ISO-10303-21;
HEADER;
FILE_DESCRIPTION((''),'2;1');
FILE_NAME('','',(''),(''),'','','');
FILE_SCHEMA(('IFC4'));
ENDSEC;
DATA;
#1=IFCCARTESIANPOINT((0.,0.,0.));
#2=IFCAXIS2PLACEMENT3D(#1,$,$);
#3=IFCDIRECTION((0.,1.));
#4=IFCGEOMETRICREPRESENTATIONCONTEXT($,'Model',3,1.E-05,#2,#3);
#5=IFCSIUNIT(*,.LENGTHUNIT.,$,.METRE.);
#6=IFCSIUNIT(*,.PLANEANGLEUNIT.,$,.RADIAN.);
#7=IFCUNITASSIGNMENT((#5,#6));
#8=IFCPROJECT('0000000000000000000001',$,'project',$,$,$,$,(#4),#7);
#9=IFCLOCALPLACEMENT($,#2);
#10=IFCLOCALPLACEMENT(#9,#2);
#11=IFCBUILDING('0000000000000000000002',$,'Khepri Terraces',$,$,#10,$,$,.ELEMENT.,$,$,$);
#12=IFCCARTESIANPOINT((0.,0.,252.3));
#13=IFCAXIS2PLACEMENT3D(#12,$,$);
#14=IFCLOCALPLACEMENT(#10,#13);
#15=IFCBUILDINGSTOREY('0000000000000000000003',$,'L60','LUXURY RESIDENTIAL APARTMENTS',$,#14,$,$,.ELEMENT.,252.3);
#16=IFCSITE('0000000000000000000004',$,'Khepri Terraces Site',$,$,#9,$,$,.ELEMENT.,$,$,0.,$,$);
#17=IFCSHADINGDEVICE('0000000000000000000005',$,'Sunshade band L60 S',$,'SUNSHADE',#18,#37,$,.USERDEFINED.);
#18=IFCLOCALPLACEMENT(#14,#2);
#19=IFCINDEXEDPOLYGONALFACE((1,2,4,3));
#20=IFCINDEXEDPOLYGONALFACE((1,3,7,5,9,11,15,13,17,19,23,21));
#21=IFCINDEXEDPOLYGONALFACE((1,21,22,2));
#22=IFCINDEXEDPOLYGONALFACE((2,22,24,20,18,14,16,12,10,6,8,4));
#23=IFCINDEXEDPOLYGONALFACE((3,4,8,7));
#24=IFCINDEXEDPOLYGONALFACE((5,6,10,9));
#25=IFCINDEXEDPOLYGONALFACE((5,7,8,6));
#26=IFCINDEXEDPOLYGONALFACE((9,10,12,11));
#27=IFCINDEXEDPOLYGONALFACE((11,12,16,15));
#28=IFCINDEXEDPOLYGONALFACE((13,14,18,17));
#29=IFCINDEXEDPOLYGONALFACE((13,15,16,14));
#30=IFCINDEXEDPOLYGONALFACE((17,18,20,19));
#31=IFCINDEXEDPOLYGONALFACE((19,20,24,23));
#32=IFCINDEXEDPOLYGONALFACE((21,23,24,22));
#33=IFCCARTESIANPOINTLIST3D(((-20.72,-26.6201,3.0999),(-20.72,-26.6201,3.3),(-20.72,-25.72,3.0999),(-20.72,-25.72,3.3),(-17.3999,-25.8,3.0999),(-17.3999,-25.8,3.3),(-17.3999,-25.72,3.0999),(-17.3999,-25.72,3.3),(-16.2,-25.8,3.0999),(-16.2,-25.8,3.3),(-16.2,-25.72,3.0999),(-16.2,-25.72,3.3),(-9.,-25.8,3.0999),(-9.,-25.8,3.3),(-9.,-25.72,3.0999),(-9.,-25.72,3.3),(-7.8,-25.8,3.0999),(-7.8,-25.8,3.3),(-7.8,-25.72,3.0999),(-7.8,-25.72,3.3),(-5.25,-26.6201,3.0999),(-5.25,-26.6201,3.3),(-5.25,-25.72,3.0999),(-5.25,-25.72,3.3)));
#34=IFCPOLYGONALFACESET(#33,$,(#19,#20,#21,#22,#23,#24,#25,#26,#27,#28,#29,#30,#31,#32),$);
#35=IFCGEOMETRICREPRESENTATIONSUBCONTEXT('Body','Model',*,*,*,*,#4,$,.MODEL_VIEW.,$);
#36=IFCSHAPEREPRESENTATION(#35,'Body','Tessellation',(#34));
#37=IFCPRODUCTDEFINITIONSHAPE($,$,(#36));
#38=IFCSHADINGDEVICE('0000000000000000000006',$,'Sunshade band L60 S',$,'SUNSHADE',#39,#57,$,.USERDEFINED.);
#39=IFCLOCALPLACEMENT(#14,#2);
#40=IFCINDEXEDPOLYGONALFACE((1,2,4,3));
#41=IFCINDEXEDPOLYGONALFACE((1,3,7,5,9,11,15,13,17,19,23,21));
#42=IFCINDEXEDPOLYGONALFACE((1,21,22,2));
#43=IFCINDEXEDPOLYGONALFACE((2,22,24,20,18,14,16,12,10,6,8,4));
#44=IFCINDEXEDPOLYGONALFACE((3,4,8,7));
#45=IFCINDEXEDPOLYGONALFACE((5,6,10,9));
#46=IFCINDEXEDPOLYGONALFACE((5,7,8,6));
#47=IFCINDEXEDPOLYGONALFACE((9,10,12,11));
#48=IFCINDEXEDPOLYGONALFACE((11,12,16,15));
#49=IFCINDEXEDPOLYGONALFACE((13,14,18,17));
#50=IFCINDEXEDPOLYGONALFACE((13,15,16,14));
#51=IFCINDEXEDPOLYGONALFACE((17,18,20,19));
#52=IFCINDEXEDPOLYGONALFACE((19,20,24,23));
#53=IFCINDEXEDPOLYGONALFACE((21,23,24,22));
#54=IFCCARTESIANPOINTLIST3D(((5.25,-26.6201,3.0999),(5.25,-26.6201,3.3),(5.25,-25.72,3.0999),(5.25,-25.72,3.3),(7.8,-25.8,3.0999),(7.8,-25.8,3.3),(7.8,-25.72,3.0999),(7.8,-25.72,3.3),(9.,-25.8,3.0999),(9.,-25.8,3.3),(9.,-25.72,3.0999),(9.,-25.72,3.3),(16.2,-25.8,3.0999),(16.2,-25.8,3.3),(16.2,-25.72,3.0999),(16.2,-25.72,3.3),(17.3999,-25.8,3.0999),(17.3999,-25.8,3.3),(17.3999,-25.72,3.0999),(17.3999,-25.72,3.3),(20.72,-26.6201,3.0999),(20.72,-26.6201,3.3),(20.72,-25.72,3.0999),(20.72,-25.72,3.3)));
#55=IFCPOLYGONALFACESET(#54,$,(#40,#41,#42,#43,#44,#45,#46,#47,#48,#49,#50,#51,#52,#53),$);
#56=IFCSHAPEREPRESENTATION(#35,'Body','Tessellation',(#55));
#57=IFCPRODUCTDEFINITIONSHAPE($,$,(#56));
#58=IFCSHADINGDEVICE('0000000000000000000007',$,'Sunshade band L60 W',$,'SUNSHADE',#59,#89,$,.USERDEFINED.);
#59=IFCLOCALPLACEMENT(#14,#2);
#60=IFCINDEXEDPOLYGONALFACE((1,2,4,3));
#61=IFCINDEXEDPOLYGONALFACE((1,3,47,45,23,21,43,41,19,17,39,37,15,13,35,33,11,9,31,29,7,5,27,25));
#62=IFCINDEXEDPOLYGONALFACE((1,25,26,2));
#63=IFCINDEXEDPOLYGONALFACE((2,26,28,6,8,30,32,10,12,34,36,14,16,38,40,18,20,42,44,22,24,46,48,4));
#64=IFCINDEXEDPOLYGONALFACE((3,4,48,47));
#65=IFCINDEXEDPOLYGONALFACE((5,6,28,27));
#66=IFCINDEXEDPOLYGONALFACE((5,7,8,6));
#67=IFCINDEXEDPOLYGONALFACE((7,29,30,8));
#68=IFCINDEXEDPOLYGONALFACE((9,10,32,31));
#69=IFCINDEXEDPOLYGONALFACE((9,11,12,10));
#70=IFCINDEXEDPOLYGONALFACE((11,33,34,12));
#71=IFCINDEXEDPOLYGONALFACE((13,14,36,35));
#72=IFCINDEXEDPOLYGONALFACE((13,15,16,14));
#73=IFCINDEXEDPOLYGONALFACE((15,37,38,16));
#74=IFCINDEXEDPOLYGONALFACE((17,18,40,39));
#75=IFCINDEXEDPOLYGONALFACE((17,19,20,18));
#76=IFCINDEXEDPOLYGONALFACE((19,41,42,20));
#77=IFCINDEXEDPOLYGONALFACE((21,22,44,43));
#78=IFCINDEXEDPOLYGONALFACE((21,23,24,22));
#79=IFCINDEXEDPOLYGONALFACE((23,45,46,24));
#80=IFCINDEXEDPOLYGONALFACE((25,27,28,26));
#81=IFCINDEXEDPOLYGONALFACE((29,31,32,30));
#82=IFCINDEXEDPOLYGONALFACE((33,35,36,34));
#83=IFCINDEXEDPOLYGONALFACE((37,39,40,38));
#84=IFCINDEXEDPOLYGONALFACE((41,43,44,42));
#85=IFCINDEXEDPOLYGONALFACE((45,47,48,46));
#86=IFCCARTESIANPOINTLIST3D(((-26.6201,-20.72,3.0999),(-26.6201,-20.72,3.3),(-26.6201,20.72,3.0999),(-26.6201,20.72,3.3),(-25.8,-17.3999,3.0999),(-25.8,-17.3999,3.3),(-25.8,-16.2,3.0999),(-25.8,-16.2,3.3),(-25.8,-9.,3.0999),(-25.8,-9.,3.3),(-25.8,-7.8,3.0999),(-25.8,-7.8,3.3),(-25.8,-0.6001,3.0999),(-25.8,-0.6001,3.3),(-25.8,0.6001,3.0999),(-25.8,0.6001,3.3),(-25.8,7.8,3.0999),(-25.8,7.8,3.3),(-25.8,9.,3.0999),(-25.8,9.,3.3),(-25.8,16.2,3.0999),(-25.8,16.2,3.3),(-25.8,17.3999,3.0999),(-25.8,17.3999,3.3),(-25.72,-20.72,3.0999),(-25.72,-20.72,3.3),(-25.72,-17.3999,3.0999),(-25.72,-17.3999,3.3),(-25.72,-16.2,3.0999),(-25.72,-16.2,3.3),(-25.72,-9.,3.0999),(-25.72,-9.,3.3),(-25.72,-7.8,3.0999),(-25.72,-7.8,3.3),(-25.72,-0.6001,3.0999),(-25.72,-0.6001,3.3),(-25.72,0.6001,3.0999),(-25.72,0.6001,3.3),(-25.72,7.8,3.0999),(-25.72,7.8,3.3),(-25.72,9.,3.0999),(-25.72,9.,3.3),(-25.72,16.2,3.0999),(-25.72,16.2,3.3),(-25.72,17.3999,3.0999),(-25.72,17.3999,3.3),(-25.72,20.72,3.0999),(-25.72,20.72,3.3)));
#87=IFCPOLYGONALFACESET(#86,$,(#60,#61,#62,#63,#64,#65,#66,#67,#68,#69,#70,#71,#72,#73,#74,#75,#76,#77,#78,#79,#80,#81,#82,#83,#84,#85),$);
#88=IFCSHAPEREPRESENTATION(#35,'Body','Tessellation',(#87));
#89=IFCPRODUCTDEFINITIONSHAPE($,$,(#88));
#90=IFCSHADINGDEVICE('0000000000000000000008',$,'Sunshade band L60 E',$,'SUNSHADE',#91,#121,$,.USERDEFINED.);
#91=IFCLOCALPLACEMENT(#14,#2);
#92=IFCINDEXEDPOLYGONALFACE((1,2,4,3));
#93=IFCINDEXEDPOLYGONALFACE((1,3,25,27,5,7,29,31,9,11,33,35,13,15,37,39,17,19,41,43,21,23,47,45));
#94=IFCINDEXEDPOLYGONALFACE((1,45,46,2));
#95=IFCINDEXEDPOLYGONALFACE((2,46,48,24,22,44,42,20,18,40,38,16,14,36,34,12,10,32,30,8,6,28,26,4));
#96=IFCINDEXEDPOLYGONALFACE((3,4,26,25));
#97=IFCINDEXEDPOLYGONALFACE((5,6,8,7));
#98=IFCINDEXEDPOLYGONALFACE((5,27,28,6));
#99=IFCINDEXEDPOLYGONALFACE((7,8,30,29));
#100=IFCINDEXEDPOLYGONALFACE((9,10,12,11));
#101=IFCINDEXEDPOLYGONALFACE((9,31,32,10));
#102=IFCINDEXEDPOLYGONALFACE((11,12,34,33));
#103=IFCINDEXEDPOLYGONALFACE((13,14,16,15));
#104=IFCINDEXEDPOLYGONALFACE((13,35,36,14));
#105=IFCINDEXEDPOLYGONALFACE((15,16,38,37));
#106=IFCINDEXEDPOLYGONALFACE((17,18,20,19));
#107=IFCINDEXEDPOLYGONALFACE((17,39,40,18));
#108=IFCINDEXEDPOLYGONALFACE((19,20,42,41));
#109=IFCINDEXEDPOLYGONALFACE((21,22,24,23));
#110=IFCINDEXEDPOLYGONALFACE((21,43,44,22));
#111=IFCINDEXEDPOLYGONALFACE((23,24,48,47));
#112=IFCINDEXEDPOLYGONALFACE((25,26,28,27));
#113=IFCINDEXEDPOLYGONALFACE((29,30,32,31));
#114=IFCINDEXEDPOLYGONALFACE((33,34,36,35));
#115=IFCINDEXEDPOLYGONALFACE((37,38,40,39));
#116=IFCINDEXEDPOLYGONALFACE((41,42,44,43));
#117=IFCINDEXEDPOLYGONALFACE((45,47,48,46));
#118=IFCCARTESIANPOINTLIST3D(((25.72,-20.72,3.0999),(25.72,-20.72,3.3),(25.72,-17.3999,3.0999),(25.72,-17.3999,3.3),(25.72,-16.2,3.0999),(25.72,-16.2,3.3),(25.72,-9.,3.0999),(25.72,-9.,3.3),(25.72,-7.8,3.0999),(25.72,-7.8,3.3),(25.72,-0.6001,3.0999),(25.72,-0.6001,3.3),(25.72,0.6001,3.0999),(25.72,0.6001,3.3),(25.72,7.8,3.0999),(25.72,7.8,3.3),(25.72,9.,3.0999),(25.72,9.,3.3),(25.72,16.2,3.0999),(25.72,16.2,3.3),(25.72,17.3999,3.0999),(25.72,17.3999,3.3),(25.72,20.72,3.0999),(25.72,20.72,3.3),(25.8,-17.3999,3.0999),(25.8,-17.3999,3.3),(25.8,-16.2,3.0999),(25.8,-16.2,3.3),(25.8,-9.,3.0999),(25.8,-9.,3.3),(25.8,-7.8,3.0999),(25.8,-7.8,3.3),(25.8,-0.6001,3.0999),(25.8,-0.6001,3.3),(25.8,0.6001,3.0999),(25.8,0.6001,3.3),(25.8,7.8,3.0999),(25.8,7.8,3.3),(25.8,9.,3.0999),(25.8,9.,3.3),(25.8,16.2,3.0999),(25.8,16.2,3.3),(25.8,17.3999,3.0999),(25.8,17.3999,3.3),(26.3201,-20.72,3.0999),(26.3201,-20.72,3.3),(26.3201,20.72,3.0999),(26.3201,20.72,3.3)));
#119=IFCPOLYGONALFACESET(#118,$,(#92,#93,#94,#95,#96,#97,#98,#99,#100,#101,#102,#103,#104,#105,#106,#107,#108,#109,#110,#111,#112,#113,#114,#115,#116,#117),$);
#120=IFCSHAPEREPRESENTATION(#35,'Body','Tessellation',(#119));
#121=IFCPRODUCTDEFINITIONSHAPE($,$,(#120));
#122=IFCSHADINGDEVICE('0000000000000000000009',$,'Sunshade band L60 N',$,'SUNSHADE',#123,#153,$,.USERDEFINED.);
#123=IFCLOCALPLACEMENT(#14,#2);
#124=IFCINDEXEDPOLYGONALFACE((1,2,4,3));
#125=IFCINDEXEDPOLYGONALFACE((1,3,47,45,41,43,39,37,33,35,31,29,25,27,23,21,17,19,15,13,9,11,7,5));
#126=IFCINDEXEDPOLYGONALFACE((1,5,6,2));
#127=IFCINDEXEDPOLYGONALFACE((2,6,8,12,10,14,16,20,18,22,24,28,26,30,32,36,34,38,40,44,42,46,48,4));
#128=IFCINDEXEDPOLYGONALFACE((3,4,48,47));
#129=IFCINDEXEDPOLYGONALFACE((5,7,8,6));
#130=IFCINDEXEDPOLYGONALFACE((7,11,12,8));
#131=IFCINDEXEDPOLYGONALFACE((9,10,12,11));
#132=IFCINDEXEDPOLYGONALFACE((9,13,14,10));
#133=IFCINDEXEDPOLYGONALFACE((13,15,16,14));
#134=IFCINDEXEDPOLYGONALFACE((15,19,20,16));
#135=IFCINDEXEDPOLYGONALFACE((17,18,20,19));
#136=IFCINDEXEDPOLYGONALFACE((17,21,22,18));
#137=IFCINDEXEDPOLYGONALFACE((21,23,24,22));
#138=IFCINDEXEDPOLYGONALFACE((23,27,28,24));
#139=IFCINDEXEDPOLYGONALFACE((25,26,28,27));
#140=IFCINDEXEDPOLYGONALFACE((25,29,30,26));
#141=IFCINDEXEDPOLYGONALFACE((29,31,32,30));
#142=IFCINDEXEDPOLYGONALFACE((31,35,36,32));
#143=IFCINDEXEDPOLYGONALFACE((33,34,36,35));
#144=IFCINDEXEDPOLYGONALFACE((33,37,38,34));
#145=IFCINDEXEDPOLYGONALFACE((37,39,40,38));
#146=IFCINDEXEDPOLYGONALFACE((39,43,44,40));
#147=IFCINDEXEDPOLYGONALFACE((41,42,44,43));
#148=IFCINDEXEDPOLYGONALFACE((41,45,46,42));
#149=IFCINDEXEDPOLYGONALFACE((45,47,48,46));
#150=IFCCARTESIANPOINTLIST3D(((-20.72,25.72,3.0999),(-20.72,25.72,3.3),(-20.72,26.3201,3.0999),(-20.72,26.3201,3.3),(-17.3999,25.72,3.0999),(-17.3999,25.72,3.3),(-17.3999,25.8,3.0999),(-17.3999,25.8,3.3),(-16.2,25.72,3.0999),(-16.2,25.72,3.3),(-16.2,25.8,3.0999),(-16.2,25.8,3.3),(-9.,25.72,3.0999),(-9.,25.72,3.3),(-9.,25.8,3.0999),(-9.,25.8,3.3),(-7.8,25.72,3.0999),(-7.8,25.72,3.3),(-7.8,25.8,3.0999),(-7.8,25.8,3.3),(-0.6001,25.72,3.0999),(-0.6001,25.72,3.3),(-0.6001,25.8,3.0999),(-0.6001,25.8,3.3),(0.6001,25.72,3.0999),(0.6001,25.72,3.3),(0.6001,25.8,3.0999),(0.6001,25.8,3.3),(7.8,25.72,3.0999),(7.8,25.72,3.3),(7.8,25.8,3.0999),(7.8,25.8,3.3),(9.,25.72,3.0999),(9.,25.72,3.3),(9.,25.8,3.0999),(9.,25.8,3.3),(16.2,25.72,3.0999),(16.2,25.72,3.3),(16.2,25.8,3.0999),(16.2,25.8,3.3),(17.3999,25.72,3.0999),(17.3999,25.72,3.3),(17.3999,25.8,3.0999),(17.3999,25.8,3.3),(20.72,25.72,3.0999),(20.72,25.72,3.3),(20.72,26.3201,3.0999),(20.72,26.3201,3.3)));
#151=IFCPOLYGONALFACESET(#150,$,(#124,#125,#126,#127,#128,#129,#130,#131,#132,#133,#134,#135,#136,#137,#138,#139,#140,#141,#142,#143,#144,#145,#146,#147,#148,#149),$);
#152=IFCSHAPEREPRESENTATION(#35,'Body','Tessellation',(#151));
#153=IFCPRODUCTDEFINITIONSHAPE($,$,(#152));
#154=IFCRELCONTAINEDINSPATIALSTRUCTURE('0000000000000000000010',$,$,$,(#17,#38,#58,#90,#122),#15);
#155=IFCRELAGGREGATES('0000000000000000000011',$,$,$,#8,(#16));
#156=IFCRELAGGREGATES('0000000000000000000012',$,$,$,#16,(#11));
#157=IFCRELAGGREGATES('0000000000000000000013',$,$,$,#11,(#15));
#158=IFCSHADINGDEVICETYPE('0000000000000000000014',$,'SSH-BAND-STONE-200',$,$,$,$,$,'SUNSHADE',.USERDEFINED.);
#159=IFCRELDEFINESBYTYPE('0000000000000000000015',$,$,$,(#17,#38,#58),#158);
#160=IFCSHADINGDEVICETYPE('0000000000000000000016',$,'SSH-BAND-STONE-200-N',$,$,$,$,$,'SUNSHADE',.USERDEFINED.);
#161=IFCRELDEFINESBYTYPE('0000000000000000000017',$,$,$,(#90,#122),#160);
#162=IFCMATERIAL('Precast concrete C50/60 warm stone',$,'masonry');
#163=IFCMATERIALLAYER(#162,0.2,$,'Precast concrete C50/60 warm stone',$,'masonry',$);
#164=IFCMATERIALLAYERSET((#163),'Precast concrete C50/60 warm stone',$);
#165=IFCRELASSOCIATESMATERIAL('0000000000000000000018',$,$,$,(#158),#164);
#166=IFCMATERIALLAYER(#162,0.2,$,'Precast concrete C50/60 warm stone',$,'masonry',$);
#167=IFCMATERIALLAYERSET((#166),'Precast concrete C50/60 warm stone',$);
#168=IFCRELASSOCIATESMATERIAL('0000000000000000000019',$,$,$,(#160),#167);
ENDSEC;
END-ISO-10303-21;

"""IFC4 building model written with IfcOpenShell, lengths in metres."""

from ifc_helpers import new_model, si_unit, direction, frame, origin, place, context, subcontext, project, spatial, polyline, outline, extrude, material, layer, layer_set, type_object, element, save


model = new_model("IFC4")

# Units and contexts
model_context = context("Model", 3, precision=1e-05, world=origin(), true_north=direction((0.0, 1.0)))
body_context = subcontext(model_context, "Body", "Model", "MODEL_VIEW")
ifc_project = project(units=[si_unit("LENGTHUNIT", "METRE"), si_unit("PLANEANGLEUNIT", "RADIAN")], contexts=[model_context])

# Site, building, storey
site_placement = place(None, origin())
site = spatial("IfcSite", under=ifc_project, at=site_placement, Name="Khepri Terraces Site", CompositionType="ELEMENT", RefElevation=0.0)
building_placement = place(site_placement, origin())
building = spatial("IfcBuilding", under=site, at=building_placement, Name="Khepri Terraces", CompositionType="ELEMENT")
storey_placement = place(building_placement, frame((0.0, 0.0, 252.3)))
storey = spatial("IfcBuildingStorey", under=building, at=storey_placement, Name="L60", Description="LUXURY RESIDENTIAL APARTMENTS", CompositionType="ELEMENT", Elevation=252.3)

# Shared definitions
ifc_material_1 = material(Name="Precast concrete C50/60 warm stone", Category="masonry")

# Shading devices
ifc_layer_1 = layer(ifc_material_1, 0.2, Name="Precast concrete C50/60 warm stone", Category="masonry")
ifc_layer_set_1 = layer_set([ifc_layer_1], Name="Precast concrete C50/60 warm stone")
shading_device_type_1 = type_object("IfcShadingDeviceType", Name="SSH-BAND-STONE-200", ElementType="SUNSHADE", PredefinedType="USERDEFINED", material=ifc_layer_set_1)
shading_device_1_placement = place(storey_placement, frame((0.0, 0.0, 3.0999)))
element("IfcShadingDevice", 1, at=shading_device_1_placement, inside=storey, type_object=shading_device_type_1, Name="Sunshade band L60 S", ObjectType="SUNSHADE", PredefinedType="USERDEFINED", context=body_context, shape_type="SweptSolid", body=[
    extrude(outline(polyline([(-17.3999, -25.72), (-20.72, -25.72), (-20.72, -26.6201), (-5.25, -26.6201), (-5.25, -25.72), (-7.8, -25.72), (-7.8, -25.8), (-9.0, -25.8), (-9.0, -25.72), (-16.2, -25.72), (-16.2, -25.8), (-17.3999, -25.8), (-17.3999, -25.72)])), origin(), (0.0, 0.0, 1.0), 0.2002),
])
shading_device_2_placement = place(storey_placement, frame((0.0, 0.0, 3.0999)))
element("IfcShadingDevice", 2, at=shading_device_2_placement, inside=storey, type_object=shading_device_type_1, Name="Sunshade band L60 S", ObjectType="SUNSHADE", PredefinedType="USERDEFINED", context=body_context, shape_type="SweptSolid", body=[
    extrude(outline(polyline([(7.8, -25.72), (5.25, -25.72), (5.25, -26.6201), (20.72, -26.6201), (20.72, -25.72), (17.3999, -25.72), (17.3999, -25.8), (16.2, -25.8), (16.2, -25.72), (9.0, -25.72), (9.0, -25.8), (7.8, -25.8), (7.8, -25.72)])), origin(), (0.0, 0.0, 1.0), 0.2002),
])
shading_device_3_placement = place(storey_placement, frame((0.0, 0.0, 3.0999)))
element("IfcShadingDevice", 3, at=shading_device_3_placement, inside=storey, type_object=shading_device_type_1, Name="Sunshade band L60 W", ObjectType="SUNSHADE", PredefinedType="USERDEFINED", context=body_context, shape_type="SweptSolid", body=[
    extrude(outline(polyline([(-25.72, 17.3999), (-25.72, 20.72), (-26.6201, 20.72), (-26.6201, -20.72), (-25.72, -20.72), (-25.72, -17.3999), (-25.8, -17.3999), (-25.8, -16.2), (-25.72, -16.2), (-25.72, -9.0), (-25.8, -9.0), (-25.8, -7.8), (-25.72, -7.8), (-25.72, -0.6001), (-25.8, -0.6001), (-25.8, 0.6001), (-25.72, 0.6001), (-25.72, 7.8), (-25.8, 7.8), (-25.8, 9.0), (-25.72, 9.0), (-25.72, 16.2), (-25.8, 16.2), (-25.8, 17.3999), (-25.72, 17.3999)])), origin(), (0.0, 0.0, 1.0), 0.2002),
])
ifc_layer_2 = layer(ifc_material_1, 0.2, Name="Precast concrete C50/60 warm stone", Category="masonry")
ifc_layer_set_2 = layer_set([ifc_layer_2], Name="Precast concrete C50/60 warm stone")
shading_device_type_2 = type_object("IfcShadingDeviceType", Name="SSH-BAND-STONE-200-N", ElementType="SUNSHADE", PredefinedType="USERDEFINED", material=ifc_layer_set_2)
shading_device_4_placement = place(storey_placement, frame((0.0, 0.0, 3.0999)))
element("IfcShadingDevice", 4, at=shading_device_4_placement, inside=storey, type_object=shading_device_type_2, Name="Sunshade band L60 E", ObjectType="SUNSHADE", PredefinedType="USERDEFINED", context=body_context, shape_type="SweptSolid", body=[
    extrude(outline(polyline([(25.72, -17.3999), (25.72, -20.72), (26.3201, -20.72), (26.3201, 20.72), (25.72, 20.72), (25.72, 17.3999), (25.8, 17.3999), (25.8, 16.2), (25.72, 16.2), (25.72, 9.0), (25.8, 9.0), (25.8, 7.8), (25.72, 7.8), (25.72, 0.6001), (25.8, 0.6001), (25.8, -0.6001), (25.72, -0.6001), (25.72, -7.8), (25.8, -7.8), (25.8, -9.0), (25.72, -9.0), (25.72, -16.2), (25.8, -16.2), (25.8, -17.3999), (25.72, -17.3999)])), origin(), (0.0, 0.0, 1.0), 0.2002),
])
shading_device_5_placement = place(storey_placement, frame((0.0, 0.0, 3.0999)))
element("IfcShadingDevice", 5, at=shading_device_5_placement, inside=storey, type_object=shading_device_type_2, Name="Sunshade band L60 N", ObjectType="SUNSHADE", PredefinedType="USERDEFINED", context=body_context, shape_type="SweptSolid", body=[
    extrude(outline(polyline([(17.3999, 25.72), (20.72, 25.72), (20.72, 26.3201), (-20.72, 26.3201), (-20.72, 25.72), (-17.3999, 25.72), (-17.3999, 25.8), (-16.2, 25.8), (-16.2, 25.72), (-9.0, 25.72), (-9.0, 25.8), (-7.8, 25.8), (-7.8, 25.72), (-0.6001, 25.72), (-0.6001, 25.8), (0.6001, 25.8), (0.6001, 25.72), (7.8, 25.72), (7.8, 25.8), (9.0, 25.8), (9.0, 25.72), (16.2, 25.72), (16.2, 25.8), (17.3999, 25.8), (17.3999, 25.72)])), origin(), (0.0, 0.0, 1.0), 0.2002),
])

save(model, "model.ifc")
